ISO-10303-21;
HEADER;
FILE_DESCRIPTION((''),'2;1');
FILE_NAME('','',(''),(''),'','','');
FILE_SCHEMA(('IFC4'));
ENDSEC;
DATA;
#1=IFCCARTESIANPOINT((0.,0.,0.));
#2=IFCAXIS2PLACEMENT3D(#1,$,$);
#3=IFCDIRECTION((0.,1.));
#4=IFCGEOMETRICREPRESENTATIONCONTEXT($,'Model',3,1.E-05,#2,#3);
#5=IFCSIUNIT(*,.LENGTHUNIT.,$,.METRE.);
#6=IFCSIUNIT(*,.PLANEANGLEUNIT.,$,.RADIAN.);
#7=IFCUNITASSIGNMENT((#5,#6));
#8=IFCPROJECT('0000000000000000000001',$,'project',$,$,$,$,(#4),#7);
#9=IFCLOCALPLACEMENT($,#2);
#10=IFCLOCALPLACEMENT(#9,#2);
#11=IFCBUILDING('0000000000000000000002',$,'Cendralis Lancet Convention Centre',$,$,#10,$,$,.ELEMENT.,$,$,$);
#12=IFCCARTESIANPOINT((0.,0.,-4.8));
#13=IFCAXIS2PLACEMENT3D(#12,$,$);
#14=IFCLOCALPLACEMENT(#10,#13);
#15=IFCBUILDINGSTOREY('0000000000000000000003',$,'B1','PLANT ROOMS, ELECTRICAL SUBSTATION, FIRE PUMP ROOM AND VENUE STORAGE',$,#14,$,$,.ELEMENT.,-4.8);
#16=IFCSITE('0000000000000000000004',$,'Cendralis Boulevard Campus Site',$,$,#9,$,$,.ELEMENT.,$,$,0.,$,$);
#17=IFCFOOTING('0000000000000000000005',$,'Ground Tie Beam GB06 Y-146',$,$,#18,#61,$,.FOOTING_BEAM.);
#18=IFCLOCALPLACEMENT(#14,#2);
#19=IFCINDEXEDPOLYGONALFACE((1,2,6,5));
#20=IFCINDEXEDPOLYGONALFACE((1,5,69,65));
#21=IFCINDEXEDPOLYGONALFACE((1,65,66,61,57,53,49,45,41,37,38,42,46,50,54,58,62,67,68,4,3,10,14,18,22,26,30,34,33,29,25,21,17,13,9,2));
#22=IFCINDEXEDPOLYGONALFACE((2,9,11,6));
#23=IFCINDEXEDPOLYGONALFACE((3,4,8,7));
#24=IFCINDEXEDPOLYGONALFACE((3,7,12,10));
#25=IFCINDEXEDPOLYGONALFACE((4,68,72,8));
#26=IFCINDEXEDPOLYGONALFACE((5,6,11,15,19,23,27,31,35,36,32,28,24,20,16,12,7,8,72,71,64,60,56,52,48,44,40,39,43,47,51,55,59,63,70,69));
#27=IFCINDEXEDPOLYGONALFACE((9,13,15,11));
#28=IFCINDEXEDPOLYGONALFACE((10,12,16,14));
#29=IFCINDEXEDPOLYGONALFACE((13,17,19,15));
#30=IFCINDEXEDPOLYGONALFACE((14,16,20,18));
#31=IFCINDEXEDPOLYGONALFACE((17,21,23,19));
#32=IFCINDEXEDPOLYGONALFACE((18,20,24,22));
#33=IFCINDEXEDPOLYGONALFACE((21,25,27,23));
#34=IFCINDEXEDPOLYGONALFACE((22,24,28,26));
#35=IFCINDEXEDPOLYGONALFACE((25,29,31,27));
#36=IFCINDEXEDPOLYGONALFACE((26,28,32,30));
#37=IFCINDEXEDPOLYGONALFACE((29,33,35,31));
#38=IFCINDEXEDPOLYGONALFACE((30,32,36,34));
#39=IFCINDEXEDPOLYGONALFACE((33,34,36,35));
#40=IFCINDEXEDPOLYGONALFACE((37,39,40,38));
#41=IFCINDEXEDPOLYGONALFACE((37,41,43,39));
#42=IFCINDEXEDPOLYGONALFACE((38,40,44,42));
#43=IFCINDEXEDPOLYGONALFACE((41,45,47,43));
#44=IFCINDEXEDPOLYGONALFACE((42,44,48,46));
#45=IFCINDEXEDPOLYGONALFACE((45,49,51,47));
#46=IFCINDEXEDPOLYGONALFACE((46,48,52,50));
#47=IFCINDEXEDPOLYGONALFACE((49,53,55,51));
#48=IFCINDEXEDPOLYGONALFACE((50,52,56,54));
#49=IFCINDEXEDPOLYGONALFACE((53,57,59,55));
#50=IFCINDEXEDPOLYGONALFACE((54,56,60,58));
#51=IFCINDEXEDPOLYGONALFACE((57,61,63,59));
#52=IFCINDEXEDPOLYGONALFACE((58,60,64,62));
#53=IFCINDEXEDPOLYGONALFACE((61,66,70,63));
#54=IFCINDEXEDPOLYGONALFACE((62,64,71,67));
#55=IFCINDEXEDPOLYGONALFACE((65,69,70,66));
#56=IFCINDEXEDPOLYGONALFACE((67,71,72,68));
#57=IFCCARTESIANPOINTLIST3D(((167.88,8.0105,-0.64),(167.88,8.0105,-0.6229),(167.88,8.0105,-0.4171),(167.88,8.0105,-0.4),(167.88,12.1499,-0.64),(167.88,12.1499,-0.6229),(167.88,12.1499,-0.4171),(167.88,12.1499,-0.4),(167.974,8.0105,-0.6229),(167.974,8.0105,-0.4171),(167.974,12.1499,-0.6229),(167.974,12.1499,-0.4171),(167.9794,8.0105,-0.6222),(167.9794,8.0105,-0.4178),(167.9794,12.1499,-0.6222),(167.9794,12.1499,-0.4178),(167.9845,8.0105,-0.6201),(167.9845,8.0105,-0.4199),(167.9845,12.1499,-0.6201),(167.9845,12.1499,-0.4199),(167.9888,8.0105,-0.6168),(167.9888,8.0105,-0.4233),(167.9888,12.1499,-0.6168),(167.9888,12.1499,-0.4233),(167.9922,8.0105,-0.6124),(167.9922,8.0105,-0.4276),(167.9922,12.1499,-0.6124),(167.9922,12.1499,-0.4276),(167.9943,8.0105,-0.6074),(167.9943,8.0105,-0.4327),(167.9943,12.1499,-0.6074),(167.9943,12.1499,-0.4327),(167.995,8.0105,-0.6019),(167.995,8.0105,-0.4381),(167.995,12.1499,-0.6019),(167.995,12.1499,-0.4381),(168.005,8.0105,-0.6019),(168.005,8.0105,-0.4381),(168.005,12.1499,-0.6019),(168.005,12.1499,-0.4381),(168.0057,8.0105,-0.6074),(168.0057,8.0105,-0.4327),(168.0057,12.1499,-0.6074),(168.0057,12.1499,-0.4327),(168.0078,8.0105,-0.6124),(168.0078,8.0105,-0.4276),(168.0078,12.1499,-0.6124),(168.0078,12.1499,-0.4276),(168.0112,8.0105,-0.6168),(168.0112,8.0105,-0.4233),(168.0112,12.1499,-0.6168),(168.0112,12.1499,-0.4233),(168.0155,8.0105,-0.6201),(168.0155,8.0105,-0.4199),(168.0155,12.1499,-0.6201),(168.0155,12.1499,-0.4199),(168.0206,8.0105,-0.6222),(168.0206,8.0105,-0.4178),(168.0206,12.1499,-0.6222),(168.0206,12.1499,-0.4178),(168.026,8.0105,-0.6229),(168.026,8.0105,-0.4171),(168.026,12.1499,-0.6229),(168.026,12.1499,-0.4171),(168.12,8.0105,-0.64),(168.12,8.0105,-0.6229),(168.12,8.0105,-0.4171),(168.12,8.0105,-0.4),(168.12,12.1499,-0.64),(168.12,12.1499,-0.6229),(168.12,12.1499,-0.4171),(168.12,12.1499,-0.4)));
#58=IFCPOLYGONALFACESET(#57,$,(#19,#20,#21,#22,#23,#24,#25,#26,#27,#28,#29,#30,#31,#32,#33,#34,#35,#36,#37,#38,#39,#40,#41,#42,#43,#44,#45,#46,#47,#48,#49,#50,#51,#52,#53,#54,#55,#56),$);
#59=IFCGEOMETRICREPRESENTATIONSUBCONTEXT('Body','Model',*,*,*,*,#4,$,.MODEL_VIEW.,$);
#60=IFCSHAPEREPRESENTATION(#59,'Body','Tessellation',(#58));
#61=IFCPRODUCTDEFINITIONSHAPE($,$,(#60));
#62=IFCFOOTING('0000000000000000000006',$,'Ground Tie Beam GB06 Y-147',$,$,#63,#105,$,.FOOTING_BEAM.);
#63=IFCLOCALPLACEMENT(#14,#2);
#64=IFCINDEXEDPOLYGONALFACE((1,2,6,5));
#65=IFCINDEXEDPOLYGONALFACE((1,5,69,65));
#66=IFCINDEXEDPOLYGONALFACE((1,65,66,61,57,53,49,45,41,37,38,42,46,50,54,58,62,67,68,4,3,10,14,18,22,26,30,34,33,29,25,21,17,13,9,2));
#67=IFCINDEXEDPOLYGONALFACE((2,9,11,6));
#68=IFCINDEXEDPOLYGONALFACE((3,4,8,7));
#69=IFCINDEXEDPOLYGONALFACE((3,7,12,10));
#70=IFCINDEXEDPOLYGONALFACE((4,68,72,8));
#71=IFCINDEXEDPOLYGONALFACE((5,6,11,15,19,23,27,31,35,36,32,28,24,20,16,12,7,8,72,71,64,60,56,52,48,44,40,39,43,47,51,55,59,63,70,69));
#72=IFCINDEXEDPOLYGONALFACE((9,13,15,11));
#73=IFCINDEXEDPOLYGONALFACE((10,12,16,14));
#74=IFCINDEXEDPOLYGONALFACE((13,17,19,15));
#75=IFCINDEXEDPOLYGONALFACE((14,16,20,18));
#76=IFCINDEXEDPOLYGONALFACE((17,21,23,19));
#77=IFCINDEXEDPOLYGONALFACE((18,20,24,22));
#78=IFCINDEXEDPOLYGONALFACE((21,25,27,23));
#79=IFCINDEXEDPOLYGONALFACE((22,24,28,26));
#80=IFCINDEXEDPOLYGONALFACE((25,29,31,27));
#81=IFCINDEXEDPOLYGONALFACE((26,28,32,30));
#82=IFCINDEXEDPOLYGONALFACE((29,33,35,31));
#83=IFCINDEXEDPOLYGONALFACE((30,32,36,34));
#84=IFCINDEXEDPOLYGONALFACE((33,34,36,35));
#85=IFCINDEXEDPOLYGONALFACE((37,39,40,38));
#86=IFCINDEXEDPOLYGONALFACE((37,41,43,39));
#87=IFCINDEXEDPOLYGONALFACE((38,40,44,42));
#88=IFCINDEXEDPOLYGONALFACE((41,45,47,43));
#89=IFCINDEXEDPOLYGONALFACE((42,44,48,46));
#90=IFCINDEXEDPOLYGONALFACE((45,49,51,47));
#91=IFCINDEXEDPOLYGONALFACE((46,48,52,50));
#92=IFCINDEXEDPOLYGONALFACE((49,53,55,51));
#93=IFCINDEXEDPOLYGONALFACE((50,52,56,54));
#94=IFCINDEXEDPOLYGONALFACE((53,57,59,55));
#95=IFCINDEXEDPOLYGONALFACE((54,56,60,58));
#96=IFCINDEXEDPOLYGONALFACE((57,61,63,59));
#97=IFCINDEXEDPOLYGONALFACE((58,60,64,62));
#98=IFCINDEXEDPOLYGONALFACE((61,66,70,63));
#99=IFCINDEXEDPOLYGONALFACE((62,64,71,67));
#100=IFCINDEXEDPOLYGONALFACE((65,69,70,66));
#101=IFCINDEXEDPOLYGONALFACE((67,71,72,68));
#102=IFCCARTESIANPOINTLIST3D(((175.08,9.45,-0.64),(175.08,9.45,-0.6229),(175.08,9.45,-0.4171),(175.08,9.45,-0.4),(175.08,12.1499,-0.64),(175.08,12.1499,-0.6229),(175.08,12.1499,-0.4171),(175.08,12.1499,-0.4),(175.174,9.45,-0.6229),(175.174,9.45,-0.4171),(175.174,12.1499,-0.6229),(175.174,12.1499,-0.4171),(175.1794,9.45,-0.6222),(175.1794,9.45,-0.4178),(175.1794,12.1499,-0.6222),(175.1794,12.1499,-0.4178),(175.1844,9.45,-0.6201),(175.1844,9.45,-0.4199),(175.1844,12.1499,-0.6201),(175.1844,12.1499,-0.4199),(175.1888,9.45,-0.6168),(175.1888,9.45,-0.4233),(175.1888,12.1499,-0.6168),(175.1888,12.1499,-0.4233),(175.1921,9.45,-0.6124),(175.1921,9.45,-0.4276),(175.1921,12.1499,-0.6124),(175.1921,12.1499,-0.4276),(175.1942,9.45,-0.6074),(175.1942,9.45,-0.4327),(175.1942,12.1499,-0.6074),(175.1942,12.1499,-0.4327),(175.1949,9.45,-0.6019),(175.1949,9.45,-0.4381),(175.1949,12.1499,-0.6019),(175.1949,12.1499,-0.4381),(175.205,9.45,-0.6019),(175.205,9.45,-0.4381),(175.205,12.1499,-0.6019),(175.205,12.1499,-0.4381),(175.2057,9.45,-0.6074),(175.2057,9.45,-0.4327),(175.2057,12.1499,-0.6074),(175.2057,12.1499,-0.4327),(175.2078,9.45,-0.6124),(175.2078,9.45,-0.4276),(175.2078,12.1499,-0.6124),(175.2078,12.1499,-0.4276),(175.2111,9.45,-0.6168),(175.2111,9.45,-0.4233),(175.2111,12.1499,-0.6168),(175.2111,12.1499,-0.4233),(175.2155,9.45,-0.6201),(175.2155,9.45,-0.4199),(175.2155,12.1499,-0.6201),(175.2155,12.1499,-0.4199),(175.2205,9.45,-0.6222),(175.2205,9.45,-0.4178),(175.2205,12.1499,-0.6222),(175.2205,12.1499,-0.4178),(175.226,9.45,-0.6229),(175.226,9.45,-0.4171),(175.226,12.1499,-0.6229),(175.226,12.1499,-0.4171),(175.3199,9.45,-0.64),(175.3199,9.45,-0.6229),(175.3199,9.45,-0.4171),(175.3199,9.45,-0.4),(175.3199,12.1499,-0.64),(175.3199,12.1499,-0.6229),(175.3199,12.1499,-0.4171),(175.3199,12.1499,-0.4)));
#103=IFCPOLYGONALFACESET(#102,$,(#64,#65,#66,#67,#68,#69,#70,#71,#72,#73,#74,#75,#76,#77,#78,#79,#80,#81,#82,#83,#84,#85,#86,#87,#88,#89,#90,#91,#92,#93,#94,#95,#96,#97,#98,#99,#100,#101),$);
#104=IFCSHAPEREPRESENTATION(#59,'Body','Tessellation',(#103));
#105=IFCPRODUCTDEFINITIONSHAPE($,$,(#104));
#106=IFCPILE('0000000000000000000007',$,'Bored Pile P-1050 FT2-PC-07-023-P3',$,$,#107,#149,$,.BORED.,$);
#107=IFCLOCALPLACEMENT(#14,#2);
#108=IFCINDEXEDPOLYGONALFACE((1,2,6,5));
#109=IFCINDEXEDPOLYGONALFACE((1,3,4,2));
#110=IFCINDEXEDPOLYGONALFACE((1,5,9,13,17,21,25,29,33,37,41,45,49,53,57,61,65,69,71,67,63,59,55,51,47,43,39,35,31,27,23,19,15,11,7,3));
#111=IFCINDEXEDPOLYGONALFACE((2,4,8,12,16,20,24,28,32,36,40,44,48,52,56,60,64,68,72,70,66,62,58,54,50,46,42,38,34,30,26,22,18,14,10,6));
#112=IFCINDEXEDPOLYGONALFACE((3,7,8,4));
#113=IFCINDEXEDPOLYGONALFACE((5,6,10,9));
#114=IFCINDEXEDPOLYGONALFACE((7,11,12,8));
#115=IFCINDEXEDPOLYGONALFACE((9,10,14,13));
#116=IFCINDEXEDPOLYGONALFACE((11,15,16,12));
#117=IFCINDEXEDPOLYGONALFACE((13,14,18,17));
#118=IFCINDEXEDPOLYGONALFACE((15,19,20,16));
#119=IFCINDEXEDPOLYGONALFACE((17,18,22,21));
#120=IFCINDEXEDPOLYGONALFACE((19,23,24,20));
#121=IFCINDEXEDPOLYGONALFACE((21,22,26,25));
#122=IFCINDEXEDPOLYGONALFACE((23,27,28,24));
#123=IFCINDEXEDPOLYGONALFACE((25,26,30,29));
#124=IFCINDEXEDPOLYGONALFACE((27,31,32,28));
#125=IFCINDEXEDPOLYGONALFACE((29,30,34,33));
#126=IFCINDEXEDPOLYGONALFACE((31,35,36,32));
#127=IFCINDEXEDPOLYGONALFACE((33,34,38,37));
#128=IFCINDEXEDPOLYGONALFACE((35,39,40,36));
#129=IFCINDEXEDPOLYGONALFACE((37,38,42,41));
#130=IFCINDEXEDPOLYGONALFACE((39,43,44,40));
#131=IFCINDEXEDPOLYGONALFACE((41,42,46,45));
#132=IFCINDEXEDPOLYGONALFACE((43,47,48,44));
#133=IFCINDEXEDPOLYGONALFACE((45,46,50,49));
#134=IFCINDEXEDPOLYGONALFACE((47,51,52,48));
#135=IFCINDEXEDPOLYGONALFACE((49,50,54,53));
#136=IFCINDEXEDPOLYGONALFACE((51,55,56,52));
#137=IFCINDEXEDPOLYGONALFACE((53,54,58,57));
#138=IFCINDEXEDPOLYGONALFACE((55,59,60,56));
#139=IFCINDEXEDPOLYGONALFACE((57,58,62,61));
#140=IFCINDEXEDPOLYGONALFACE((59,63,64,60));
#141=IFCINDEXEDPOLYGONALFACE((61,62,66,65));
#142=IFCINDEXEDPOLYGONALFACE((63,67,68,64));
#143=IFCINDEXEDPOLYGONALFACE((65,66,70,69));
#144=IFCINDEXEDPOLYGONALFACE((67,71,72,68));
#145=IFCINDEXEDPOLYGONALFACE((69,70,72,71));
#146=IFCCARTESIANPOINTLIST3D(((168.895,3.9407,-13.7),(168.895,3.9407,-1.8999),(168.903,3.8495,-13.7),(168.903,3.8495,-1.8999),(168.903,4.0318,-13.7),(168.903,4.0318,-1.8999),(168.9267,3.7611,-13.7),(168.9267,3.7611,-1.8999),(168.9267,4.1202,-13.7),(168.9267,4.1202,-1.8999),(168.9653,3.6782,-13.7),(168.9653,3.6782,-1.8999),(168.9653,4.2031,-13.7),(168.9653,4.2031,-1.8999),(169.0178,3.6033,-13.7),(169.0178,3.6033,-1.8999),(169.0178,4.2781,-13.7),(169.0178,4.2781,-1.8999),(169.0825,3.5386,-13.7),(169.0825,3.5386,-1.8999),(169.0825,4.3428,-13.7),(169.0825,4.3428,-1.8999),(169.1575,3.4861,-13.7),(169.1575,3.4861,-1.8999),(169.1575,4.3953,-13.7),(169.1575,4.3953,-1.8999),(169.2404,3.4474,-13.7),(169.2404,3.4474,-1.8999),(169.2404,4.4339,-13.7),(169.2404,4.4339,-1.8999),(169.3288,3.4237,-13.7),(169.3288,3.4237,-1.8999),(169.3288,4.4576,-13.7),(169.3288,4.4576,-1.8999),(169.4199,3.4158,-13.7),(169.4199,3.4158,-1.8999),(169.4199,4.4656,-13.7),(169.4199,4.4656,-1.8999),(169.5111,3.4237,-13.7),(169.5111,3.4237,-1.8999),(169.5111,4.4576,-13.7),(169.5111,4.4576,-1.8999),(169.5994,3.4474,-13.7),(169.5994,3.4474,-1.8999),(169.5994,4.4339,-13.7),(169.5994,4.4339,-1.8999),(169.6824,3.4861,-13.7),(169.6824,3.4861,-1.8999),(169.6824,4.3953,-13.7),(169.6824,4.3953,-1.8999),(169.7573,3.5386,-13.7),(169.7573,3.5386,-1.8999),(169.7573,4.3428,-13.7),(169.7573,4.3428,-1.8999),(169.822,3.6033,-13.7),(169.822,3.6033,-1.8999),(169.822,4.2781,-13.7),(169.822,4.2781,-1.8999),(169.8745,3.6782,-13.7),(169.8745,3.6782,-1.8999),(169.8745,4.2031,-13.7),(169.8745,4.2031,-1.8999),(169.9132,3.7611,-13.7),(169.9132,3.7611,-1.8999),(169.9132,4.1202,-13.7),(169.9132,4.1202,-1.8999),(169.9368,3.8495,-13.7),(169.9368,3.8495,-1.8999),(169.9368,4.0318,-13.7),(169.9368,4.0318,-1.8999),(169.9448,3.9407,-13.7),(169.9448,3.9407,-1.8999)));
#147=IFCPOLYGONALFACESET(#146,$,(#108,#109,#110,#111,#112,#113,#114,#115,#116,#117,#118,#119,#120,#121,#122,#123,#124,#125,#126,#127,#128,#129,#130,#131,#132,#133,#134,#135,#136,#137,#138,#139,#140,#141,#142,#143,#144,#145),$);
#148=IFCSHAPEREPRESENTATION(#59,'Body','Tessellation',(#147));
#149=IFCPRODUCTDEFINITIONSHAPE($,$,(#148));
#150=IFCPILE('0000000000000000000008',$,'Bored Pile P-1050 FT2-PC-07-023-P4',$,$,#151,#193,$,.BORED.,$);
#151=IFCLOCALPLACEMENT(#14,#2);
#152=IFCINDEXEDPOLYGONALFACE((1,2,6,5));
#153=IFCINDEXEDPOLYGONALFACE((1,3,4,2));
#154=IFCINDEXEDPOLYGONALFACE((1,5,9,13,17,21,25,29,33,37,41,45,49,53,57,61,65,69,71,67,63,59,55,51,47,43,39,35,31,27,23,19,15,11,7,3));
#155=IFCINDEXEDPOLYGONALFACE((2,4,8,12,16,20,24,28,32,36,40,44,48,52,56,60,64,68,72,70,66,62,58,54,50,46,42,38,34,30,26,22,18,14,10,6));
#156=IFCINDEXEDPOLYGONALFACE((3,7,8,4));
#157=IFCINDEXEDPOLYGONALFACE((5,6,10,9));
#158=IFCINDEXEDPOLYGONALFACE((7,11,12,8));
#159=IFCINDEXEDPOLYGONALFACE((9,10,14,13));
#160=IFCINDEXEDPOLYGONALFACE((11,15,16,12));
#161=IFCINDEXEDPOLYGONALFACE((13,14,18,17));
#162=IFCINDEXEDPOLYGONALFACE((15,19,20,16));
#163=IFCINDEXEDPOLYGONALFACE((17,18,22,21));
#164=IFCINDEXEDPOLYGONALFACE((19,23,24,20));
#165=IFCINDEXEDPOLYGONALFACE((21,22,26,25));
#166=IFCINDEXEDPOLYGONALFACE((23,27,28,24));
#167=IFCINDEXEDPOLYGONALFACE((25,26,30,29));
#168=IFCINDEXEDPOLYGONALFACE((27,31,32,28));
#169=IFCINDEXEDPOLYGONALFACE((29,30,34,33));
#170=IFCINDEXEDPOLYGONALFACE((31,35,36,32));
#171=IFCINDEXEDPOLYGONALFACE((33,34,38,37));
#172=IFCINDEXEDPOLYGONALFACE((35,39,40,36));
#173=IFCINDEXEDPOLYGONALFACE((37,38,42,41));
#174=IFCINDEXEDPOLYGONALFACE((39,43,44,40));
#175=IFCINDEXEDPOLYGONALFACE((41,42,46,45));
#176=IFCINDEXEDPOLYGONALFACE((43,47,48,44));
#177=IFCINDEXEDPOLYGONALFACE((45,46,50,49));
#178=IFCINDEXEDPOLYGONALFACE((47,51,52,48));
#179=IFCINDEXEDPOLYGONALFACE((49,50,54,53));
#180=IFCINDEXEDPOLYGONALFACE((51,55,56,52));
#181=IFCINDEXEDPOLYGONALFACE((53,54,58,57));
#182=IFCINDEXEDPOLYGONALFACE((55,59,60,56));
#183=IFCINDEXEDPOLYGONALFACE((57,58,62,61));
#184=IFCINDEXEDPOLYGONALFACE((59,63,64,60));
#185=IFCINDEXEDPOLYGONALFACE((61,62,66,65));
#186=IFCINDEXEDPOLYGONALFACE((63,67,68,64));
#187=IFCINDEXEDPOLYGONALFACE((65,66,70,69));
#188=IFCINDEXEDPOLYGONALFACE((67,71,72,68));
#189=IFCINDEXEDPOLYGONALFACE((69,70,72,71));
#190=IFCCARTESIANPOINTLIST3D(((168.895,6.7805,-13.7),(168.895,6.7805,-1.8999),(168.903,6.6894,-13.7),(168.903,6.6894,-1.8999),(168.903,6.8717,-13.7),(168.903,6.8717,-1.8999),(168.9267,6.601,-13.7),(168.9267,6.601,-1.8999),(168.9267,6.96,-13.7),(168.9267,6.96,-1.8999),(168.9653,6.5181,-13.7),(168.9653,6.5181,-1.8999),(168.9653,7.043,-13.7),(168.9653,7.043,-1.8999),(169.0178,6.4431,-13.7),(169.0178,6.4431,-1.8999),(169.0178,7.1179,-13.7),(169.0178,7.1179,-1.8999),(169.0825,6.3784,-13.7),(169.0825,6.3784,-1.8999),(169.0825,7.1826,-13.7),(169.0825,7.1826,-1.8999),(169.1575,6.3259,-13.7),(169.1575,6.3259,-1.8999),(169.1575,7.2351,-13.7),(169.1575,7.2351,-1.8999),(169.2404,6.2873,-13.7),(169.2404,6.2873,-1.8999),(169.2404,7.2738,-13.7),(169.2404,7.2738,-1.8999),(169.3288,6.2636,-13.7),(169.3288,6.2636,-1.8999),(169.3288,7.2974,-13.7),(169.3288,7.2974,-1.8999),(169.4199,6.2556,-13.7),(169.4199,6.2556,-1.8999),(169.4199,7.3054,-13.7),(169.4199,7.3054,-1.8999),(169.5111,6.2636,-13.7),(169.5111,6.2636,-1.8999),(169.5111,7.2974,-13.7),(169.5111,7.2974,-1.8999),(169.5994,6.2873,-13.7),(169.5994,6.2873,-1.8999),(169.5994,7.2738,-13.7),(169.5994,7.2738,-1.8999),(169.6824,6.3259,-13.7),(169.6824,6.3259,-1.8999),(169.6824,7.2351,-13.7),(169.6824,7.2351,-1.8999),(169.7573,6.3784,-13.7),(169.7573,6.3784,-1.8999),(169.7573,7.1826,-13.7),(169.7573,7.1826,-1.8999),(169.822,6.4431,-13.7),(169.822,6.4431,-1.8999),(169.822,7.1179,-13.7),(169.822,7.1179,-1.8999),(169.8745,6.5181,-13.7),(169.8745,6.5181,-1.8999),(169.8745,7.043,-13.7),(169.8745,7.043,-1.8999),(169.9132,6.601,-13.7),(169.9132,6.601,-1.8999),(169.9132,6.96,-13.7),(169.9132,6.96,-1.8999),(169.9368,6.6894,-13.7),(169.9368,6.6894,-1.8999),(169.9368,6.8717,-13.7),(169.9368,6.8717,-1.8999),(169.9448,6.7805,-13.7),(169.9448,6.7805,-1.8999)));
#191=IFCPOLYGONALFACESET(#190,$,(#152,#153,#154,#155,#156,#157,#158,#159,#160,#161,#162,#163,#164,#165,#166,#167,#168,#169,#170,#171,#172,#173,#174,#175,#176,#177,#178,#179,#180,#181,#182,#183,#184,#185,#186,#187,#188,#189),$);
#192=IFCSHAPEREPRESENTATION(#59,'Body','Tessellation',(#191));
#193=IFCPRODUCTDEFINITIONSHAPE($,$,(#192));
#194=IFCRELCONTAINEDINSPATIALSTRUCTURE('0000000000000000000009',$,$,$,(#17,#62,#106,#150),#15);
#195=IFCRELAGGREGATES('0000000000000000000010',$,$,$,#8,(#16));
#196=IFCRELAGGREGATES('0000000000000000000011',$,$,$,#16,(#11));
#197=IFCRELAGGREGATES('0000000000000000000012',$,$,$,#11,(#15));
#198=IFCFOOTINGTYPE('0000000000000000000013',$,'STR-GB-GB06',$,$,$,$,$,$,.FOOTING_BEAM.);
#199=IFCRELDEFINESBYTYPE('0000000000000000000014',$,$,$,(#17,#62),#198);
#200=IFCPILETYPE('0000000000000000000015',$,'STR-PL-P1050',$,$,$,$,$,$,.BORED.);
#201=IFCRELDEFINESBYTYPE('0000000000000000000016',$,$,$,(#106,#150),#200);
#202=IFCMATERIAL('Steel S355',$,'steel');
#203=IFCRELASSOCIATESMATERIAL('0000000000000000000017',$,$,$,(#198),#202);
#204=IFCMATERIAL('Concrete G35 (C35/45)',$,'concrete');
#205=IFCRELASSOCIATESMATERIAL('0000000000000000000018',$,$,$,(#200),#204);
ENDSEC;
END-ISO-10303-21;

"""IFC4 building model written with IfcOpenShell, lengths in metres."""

from ifc_helpers import new_model, si_unit, direction, frame, origin, origin_2d, place, context, subcontext, project, spatial, circle, i_section, extrude, material, material_profile, profile_set, type_object, element, save


model = new_model("IFC4")

# Units and contexts
model_context = context("Model", 3, precision=1e-05, world=origin(), true_north=direction((0.0, 1.0)))
body_context = subcontext(model_context, "Body", "Model", "MODEL_VIEW")
ifc_project = project(units=[si_unit("LENGTHUNIT", "METRE"), si_unit("PLANEANGLEUNIT", "RADIAN")], contexts=[model_context])

# Site, building, storey
site_placement = place(None, origin())
site = spatial("IfcSite", under=ifc_project, at=site_placement, Name="Cendralis Boulevard Campus Site", CompositionType="ELEMENT", RefElevation=0.0)
building_placement = place(site_placement, origin())
building = spatial("IfcBuilding", under=site, at=building_placement, Name="Cendralis Lancet Convention Centre", CompositionType="ELEMENT")
storey_placement = place(building_placement, frame((0.0, 0.0, -4.8)))
storey = spatial("IfcBuildingStorey", under=building, at=storey_placement, Name="B1", Description="PLANT ROOMS, ELECTRICAL SUBSTATION, FIRE PUMP ROOM AND VENUE STORAGE", CompositionType="ELEMENT", Elevation=-4.8)

# Footings
ifc_material_1 = material(Name="Concrete G35 (C35/45)", Category="concrete")
ifc_material_2 = material(Name="Steel S355", Category="steel")
ifc_material_profile_1 = material_profile(ifc_material_2, i_section(OverallWidth=0.24, OverallDepth=0.24, WebThickness=0.01, FlangeThickness=0.0171, FilletRadius=0.021, at=origin_2d()), Name="HEB 240")
ifc_profile_set_1 = profile_set([ifc_material_profile_1], Name="Steel S355")
footing_type_1 = type_object("IfcFootingType", Name="STR-GB-GB06", PredefinedType="FOOTING_BEAM", material=ifc_profile_set_1)
footing_1_placement = place(storey_placement, frame((168.0, 8.0105, -0.52), z_axis=(0.0, 1.0, 0.0), x_axis=(-1.0, 0.0, 0.0)))
element("IfcFooting", 1, at=footing_1_placement, inside=storey, type_object=footing_type_1, Name="Ground Tie Beam GB06 Y-146", PredefinedType="FOOTING_BEAM", context=body_context, shape_type="SweptSolid", body=[
    extrude(i_section(OverallWidth=0.24, OverallDepth=0.24, WebThickness=0.01, FlangeThickness=0.0171, FilletRadius=0.021, at=origin_2d()), origin(), (0.0, 0.0, 1.0), 4.1394),
])
footing_2_placement = place(storey_placement, frame((175.2, 9.45, -0.52), z_axis=(0.0, 1.0, 0.0), x_axis=(-1.0, 0.0, 0.0)))
element("IfcFooting", 2, at=footing_2_placement, inside=storey, type_object=footing_type_1, Name="Ground Tie Beam GB06 Y-147", PredefinedType="FOOTING_BEAM", context=body_context, shape_type="SweptSolid", body=[
    extrude(i_section(OverallWidth=0.24, OverallDepth=0.24, WebThickness=0.01, FlangeThickness=0.0171, FilletRadius=0.021, at=origin_2d()), origin(), (0.0, 0.0, 1.0), 2.7),
])

# Piles
ifc_material_profile_2 = material_profile(ifc_material_1, circle(Radius=0.5249, at=origin_2d()), Name="BORED PILE D1050")
ifc_profile_set_2 = profile_set([ifc_material_profile_2], Name="Concrete G35 (C35/45)")
pile_type = type_object("IfcPileType", Name="STR-PL-P1050", PredefinedType="BORED", material=ifc_profile_set_2)
for number, where, z_axis, x_axis, name in (
    (3, (169.4199, 3.9407, -1.8999), (0.0, 0.0, -1.0), (1.0, 0.0, 0.0), "Bored Pile P-1050 FT2-PC-07-023-P3"),
    (4, (169.4199, 6.7805, -1.8999), (0.0, 0.0, -1.0), (1.0, 0.0, 0.0), "Bored Pile P-1050 FT2-PC-07-023-P4"),
):
    element("IfcPile", number, at=place(storey_placement, frame(where, z_axis=z_axis, x_axis=x_axis)), inside=storey, type_object=pile_type, Name=name, PredefinedType="BORED", context=body_context, shape_type="SweptSolid", body=[
        extrude(circle(Radius=0.5249, at=origin_2d()), origin(), (0.0, 0.0, 1.0), 11.8),
    ])

save(model, "model.ifc")
